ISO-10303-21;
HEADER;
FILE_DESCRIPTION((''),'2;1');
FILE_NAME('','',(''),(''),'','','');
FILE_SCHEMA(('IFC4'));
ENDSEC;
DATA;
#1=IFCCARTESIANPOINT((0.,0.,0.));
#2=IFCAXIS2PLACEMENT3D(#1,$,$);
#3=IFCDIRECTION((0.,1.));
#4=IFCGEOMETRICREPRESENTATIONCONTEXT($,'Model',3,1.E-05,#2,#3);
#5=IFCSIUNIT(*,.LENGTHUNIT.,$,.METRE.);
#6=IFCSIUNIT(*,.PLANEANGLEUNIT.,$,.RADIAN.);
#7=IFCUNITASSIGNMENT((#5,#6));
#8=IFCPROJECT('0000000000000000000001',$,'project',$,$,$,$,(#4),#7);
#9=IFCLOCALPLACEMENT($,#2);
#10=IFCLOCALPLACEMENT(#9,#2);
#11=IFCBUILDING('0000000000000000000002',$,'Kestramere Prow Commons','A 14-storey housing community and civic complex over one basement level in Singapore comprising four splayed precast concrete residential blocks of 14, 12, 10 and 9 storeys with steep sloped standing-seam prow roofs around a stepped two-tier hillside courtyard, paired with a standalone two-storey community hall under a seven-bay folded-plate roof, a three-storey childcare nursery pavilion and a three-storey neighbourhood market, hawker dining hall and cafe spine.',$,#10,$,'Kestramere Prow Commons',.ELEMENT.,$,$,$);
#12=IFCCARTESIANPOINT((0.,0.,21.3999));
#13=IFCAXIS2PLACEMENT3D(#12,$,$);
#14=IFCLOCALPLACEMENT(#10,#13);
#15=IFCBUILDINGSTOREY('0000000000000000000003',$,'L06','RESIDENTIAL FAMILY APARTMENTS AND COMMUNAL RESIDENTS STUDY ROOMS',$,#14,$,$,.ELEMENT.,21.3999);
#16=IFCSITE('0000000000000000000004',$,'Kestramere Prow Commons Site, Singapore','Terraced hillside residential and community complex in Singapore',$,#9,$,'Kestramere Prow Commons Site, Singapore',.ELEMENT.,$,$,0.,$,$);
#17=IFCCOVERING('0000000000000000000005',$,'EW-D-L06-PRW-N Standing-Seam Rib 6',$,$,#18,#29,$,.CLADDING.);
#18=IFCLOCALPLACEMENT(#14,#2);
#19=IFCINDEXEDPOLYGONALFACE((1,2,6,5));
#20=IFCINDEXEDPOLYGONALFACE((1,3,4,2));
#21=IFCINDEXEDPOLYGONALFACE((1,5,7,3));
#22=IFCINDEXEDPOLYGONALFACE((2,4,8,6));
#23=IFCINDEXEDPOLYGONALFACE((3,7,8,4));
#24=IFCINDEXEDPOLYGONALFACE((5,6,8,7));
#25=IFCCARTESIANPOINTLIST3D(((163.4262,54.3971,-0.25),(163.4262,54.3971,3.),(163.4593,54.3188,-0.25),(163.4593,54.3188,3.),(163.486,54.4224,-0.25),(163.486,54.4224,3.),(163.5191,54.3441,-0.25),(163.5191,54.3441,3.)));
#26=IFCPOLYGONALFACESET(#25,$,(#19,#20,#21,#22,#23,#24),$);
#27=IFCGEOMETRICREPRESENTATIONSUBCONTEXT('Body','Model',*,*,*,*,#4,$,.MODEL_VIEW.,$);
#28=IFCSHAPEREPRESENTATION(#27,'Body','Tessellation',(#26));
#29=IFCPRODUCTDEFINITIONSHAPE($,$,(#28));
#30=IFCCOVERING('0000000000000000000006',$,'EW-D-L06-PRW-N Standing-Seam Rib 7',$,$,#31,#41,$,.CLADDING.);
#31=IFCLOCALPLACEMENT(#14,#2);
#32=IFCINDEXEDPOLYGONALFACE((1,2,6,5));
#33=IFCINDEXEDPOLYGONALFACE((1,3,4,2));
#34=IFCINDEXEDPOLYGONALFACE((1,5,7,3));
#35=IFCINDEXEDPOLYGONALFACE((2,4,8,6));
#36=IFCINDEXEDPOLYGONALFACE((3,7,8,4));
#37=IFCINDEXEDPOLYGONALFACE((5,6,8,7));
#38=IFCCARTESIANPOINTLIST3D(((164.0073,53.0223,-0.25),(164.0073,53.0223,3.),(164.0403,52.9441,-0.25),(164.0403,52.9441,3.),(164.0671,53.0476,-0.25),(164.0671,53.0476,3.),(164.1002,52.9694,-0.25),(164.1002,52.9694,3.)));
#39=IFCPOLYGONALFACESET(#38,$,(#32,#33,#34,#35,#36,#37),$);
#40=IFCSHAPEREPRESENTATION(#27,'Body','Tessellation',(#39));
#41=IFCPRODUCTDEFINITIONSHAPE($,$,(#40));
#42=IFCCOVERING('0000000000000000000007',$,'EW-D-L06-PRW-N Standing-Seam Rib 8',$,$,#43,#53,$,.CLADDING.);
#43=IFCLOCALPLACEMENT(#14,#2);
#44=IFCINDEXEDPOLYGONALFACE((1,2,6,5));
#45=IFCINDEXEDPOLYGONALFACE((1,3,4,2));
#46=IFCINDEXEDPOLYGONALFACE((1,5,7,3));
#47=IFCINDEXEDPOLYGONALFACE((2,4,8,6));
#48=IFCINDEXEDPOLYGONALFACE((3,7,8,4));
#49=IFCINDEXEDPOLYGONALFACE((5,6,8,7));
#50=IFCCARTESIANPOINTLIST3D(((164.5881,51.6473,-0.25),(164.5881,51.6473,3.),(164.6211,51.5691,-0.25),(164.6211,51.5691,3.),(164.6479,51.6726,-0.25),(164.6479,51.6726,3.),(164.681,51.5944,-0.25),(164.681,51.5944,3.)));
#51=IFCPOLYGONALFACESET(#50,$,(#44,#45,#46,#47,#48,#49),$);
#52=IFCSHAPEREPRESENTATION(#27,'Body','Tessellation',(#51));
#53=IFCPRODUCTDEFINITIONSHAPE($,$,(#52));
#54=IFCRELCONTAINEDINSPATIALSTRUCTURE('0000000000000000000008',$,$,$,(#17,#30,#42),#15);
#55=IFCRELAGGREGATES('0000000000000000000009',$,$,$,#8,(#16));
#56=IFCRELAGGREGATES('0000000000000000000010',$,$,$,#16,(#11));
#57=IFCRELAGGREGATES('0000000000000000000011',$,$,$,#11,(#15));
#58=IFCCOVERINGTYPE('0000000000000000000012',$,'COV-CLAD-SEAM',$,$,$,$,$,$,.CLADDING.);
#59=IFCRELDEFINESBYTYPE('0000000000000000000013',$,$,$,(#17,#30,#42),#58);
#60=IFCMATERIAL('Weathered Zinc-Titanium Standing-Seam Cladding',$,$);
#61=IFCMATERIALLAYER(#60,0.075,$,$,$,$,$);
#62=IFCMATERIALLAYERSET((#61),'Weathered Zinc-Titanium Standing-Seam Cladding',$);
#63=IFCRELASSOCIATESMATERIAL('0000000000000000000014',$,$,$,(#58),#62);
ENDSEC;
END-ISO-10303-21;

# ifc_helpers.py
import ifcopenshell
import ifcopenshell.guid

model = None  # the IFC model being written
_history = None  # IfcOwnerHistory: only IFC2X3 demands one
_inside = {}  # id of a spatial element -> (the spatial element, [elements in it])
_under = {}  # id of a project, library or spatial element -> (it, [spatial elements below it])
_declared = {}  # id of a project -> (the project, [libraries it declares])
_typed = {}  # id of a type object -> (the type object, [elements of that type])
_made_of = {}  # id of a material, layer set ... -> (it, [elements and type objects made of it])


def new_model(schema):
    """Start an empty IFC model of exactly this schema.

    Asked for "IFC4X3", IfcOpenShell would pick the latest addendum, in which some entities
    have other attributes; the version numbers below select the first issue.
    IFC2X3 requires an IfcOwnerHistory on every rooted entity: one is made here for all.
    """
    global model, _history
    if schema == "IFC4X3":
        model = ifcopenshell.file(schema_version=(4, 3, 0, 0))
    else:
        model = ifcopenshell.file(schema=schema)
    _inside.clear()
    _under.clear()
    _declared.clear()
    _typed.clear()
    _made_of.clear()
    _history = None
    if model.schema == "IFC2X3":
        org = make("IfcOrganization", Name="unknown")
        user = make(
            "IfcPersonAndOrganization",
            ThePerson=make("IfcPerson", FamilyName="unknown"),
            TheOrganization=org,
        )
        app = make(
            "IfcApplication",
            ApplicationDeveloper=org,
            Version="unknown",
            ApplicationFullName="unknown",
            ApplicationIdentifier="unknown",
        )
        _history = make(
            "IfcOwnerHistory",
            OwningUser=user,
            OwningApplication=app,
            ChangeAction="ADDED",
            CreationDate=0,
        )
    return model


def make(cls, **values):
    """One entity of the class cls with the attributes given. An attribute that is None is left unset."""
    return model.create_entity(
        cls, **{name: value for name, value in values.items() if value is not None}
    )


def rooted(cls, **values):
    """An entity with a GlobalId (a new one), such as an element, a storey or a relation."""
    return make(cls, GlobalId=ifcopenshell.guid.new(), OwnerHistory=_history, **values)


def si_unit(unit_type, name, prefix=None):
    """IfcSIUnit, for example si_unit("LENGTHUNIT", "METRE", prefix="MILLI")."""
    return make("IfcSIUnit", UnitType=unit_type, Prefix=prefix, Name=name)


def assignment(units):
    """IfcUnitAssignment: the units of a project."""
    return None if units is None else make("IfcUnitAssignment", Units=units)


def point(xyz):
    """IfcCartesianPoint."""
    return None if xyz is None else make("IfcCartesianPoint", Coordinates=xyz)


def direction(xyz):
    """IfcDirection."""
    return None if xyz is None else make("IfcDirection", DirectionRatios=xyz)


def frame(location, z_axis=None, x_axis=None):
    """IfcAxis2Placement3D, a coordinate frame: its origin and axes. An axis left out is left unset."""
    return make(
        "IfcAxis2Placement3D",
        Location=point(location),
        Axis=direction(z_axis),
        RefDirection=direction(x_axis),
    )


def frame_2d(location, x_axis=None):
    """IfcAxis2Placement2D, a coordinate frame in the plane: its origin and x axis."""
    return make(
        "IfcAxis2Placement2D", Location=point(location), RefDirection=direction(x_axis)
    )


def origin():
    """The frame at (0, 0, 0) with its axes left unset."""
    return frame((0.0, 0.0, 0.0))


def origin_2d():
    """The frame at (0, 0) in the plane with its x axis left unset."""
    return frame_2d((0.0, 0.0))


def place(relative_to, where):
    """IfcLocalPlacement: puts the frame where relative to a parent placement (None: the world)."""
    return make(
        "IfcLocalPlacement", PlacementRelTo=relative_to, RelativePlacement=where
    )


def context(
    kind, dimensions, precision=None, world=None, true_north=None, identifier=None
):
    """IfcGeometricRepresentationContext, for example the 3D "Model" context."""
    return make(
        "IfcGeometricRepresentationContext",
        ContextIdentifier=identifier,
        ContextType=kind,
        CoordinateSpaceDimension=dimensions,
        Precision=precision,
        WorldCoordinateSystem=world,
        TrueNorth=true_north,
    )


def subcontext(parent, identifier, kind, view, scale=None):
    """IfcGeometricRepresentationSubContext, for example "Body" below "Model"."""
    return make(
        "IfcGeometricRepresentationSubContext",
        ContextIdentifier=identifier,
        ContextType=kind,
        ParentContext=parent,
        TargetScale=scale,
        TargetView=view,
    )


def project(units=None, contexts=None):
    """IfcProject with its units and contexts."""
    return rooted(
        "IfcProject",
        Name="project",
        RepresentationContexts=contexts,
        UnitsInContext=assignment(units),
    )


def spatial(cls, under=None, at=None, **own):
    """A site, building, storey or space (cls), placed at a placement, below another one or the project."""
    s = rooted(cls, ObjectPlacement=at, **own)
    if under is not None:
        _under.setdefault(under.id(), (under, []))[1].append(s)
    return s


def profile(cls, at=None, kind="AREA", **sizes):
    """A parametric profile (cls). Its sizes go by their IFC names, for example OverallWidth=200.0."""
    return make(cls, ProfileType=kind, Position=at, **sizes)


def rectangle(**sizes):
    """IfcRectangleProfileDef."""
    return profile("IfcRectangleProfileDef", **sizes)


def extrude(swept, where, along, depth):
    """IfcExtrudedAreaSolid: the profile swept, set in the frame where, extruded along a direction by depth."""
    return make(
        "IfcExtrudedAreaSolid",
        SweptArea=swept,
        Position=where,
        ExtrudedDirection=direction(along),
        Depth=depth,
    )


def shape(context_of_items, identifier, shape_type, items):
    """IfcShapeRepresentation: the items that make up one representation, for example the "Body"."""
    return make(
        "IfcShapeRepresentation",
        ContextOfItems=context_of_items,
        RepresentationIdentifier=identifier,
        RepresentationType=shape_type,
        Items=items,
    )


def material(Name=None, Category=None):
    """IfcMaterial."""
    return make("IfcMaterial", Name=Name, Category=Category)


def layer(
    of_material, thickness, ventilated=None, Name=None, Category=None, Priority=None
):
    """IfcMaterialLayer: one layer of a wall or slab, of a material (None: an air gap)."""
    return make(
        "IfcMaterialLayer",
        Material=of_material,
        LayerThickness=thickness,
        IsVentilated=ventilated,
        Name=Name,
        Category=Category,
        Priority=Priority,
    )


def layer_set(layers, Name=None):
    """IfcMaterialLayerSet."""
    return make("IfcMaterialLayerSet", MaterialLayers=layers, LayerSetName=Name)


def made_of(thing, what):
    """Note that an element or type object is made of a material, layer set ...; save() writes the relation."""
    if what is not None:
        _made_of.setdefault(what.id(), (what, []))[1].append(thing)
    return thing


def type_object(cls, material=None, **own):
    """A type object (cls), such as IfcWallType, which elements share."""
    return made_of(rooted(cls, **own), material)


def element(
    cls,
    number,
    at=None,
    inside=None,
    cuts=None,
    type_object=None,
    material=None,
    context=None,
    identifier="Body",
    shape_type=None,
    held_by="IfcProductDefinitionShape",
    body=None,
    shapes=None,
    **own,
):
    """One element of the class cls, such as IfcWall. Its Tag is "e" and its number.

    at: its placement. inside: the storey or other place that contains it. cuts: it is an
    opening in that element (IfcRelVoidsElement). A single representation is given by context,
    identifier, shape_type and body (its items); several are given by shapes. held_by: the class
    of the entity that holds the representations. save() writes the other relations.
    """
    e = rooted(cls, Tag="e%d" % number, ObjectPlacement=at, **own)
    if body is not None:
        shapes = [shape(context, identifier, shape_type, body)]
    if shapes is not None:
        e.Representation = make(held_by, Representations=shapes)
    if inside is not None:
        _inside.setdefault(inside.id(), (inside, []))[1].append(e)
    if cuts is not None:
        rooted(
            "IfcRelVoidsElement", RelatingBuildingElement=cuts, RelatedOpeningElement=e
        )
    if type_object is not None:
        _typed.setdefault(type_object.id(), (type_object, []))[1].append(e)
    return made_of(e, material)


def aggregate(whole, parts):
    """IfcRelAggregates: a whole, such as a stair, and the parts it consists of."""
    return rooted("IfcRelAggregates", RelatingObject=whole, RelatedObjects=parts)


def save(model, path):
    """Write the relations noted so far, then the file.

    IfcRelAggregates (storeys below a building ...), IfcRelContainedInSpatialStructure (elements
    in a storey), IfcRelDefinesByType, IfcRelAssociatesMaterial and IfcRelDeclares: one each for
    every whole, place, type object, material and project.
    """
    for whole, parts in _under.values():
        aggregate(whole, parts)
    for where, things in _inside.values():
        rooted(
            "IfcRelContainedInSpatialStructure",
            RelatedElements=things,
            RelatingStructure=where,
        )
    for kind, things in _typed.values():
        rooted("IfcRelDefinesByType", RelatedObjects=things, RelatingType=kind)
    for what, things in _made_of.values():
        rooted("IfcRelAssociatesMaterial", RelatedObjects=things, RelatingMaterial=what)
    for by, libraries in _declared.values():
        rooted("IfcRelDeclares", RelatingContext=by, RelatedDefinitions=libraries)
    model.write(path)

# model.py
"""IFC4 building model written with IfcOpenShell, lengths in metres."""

from ifc_helpers import new_model, si_unit, direction, frame, origin, origin_2d, place, context, subcontext, project, spatial, rectangle, extrude, material, layer, layer_set, type_object, element, save


model = new_model("IFC4")

# Units and contexts
model_context = context("Model", 3, precision=1e-05, world=origin(), true_north=direction((0.0, 1.0)))
body_context = subcontext(model_context, "Body", "Model", "MODEL_VIEW")
ifc_project = project(units=[si_unit("LENGTHUNIT", "METRE"), si_unit("PLANEANGLEUNIT", "RADIAN")], contexts=[model_context])

# Site, building, storey
site_placement = place(None, origin())
site = spatial("IfcSite", under=ifc_project, at=site_placement, Name="Kestramere Prow Commons Site, Singapore", Description="Terraced hillside residential and community complex in Singapore", LongName="Kestramere Prow Commons Site, Singapore", CompositionType="ELEMENT", RefElevation=0.0)
building_placement = place(site_placement, origin())
building = spatial("IfcBuilding", under=site, at=building_placement, Name="Kestramere Prow Commons", Description="A 14-storey housing community and civic complex over one basement level in Singapore comprising four splayed precast concrete residential blocks of 14, 12, 10 and 9 storeys with steep sloped standing-seam prow roofs around a stepped two-tier hillside courtyard, paired with a standalone two-storey community hall under a seven-bay folded-plate roof, a three-storey childcare nursery pavilion and a three-storey neighbourhood market, hawker dining hall and cafe spine.", LongName="Kestramere Prow Commons", CompositionType="ELEMENT")
storey_placement = place(building_placement, frame((0.0, 0.0, 21.3999)))
storey = spatial("IfcBuildingStorey", under=building, at=storey_placement, Name="L06", Description="RESIDENTIAL FAMILY APARTMENTS AND COMMUNAL RESIDENTS STUDY ROOMS", CompositionType="ELEMENT", Elevation=21.3999)

# Coverings
ifc_material_1 = material(Name="Weathered Zinc-Titanium Standing-Seam Cladding")
ifc_layer_1 = layer(ifc_material_1, 0.075)
ifc_layer_set_1 = layer_set([ifc_layer_1], Name="Weathered Zinc-Titanium Standing-Seam Cladding")
covering_type = type_object("IfcCoveringType", Name="COV-CLAD-SEAM", PredefinedType="CLADDING", material=ifc_layer_set_1)
for number, where, z_axis, x_axis, name in (
    (1, (163.4727, 54.3706, -0.25), (0.0, 0.0, 1.0), (0.38922, -0.921145, 0.0), "EW-D-L06-PRW-N Standing-Seam Rib 6"),
    (2, (164.0537, 52.9958, -0.25), (0.0, 0.0, 1.0), (0.38922, -0.921145, 0.0), "EW-D-L06-PRW-N Standing-Seam Rib 7"),
    (3, (164.6345, 51.6208, -0.25), (0.0, 0.0, 1.0), (0.38922, -0.921145, 0.0), "EW-D-L06-PRW-N Standing-Seam Rib 8"),
):
    element("IfcCovering", number, at=place(storey_placement, frame(where, z_axis=z_axis, x_axis=x_axis)), inside=storey, type_object=covering_type, Name=name, PredefinedType="CLADDING", context=body_context, shape_type="SweptSolid", body=[
        extrude(rectangle(XDim=0.085, YDim=0.0649, at=origin_2d()), origin(), (0.0, 0.0, 1.0), 3.25),
    ])

save(model, "model.ifc")
